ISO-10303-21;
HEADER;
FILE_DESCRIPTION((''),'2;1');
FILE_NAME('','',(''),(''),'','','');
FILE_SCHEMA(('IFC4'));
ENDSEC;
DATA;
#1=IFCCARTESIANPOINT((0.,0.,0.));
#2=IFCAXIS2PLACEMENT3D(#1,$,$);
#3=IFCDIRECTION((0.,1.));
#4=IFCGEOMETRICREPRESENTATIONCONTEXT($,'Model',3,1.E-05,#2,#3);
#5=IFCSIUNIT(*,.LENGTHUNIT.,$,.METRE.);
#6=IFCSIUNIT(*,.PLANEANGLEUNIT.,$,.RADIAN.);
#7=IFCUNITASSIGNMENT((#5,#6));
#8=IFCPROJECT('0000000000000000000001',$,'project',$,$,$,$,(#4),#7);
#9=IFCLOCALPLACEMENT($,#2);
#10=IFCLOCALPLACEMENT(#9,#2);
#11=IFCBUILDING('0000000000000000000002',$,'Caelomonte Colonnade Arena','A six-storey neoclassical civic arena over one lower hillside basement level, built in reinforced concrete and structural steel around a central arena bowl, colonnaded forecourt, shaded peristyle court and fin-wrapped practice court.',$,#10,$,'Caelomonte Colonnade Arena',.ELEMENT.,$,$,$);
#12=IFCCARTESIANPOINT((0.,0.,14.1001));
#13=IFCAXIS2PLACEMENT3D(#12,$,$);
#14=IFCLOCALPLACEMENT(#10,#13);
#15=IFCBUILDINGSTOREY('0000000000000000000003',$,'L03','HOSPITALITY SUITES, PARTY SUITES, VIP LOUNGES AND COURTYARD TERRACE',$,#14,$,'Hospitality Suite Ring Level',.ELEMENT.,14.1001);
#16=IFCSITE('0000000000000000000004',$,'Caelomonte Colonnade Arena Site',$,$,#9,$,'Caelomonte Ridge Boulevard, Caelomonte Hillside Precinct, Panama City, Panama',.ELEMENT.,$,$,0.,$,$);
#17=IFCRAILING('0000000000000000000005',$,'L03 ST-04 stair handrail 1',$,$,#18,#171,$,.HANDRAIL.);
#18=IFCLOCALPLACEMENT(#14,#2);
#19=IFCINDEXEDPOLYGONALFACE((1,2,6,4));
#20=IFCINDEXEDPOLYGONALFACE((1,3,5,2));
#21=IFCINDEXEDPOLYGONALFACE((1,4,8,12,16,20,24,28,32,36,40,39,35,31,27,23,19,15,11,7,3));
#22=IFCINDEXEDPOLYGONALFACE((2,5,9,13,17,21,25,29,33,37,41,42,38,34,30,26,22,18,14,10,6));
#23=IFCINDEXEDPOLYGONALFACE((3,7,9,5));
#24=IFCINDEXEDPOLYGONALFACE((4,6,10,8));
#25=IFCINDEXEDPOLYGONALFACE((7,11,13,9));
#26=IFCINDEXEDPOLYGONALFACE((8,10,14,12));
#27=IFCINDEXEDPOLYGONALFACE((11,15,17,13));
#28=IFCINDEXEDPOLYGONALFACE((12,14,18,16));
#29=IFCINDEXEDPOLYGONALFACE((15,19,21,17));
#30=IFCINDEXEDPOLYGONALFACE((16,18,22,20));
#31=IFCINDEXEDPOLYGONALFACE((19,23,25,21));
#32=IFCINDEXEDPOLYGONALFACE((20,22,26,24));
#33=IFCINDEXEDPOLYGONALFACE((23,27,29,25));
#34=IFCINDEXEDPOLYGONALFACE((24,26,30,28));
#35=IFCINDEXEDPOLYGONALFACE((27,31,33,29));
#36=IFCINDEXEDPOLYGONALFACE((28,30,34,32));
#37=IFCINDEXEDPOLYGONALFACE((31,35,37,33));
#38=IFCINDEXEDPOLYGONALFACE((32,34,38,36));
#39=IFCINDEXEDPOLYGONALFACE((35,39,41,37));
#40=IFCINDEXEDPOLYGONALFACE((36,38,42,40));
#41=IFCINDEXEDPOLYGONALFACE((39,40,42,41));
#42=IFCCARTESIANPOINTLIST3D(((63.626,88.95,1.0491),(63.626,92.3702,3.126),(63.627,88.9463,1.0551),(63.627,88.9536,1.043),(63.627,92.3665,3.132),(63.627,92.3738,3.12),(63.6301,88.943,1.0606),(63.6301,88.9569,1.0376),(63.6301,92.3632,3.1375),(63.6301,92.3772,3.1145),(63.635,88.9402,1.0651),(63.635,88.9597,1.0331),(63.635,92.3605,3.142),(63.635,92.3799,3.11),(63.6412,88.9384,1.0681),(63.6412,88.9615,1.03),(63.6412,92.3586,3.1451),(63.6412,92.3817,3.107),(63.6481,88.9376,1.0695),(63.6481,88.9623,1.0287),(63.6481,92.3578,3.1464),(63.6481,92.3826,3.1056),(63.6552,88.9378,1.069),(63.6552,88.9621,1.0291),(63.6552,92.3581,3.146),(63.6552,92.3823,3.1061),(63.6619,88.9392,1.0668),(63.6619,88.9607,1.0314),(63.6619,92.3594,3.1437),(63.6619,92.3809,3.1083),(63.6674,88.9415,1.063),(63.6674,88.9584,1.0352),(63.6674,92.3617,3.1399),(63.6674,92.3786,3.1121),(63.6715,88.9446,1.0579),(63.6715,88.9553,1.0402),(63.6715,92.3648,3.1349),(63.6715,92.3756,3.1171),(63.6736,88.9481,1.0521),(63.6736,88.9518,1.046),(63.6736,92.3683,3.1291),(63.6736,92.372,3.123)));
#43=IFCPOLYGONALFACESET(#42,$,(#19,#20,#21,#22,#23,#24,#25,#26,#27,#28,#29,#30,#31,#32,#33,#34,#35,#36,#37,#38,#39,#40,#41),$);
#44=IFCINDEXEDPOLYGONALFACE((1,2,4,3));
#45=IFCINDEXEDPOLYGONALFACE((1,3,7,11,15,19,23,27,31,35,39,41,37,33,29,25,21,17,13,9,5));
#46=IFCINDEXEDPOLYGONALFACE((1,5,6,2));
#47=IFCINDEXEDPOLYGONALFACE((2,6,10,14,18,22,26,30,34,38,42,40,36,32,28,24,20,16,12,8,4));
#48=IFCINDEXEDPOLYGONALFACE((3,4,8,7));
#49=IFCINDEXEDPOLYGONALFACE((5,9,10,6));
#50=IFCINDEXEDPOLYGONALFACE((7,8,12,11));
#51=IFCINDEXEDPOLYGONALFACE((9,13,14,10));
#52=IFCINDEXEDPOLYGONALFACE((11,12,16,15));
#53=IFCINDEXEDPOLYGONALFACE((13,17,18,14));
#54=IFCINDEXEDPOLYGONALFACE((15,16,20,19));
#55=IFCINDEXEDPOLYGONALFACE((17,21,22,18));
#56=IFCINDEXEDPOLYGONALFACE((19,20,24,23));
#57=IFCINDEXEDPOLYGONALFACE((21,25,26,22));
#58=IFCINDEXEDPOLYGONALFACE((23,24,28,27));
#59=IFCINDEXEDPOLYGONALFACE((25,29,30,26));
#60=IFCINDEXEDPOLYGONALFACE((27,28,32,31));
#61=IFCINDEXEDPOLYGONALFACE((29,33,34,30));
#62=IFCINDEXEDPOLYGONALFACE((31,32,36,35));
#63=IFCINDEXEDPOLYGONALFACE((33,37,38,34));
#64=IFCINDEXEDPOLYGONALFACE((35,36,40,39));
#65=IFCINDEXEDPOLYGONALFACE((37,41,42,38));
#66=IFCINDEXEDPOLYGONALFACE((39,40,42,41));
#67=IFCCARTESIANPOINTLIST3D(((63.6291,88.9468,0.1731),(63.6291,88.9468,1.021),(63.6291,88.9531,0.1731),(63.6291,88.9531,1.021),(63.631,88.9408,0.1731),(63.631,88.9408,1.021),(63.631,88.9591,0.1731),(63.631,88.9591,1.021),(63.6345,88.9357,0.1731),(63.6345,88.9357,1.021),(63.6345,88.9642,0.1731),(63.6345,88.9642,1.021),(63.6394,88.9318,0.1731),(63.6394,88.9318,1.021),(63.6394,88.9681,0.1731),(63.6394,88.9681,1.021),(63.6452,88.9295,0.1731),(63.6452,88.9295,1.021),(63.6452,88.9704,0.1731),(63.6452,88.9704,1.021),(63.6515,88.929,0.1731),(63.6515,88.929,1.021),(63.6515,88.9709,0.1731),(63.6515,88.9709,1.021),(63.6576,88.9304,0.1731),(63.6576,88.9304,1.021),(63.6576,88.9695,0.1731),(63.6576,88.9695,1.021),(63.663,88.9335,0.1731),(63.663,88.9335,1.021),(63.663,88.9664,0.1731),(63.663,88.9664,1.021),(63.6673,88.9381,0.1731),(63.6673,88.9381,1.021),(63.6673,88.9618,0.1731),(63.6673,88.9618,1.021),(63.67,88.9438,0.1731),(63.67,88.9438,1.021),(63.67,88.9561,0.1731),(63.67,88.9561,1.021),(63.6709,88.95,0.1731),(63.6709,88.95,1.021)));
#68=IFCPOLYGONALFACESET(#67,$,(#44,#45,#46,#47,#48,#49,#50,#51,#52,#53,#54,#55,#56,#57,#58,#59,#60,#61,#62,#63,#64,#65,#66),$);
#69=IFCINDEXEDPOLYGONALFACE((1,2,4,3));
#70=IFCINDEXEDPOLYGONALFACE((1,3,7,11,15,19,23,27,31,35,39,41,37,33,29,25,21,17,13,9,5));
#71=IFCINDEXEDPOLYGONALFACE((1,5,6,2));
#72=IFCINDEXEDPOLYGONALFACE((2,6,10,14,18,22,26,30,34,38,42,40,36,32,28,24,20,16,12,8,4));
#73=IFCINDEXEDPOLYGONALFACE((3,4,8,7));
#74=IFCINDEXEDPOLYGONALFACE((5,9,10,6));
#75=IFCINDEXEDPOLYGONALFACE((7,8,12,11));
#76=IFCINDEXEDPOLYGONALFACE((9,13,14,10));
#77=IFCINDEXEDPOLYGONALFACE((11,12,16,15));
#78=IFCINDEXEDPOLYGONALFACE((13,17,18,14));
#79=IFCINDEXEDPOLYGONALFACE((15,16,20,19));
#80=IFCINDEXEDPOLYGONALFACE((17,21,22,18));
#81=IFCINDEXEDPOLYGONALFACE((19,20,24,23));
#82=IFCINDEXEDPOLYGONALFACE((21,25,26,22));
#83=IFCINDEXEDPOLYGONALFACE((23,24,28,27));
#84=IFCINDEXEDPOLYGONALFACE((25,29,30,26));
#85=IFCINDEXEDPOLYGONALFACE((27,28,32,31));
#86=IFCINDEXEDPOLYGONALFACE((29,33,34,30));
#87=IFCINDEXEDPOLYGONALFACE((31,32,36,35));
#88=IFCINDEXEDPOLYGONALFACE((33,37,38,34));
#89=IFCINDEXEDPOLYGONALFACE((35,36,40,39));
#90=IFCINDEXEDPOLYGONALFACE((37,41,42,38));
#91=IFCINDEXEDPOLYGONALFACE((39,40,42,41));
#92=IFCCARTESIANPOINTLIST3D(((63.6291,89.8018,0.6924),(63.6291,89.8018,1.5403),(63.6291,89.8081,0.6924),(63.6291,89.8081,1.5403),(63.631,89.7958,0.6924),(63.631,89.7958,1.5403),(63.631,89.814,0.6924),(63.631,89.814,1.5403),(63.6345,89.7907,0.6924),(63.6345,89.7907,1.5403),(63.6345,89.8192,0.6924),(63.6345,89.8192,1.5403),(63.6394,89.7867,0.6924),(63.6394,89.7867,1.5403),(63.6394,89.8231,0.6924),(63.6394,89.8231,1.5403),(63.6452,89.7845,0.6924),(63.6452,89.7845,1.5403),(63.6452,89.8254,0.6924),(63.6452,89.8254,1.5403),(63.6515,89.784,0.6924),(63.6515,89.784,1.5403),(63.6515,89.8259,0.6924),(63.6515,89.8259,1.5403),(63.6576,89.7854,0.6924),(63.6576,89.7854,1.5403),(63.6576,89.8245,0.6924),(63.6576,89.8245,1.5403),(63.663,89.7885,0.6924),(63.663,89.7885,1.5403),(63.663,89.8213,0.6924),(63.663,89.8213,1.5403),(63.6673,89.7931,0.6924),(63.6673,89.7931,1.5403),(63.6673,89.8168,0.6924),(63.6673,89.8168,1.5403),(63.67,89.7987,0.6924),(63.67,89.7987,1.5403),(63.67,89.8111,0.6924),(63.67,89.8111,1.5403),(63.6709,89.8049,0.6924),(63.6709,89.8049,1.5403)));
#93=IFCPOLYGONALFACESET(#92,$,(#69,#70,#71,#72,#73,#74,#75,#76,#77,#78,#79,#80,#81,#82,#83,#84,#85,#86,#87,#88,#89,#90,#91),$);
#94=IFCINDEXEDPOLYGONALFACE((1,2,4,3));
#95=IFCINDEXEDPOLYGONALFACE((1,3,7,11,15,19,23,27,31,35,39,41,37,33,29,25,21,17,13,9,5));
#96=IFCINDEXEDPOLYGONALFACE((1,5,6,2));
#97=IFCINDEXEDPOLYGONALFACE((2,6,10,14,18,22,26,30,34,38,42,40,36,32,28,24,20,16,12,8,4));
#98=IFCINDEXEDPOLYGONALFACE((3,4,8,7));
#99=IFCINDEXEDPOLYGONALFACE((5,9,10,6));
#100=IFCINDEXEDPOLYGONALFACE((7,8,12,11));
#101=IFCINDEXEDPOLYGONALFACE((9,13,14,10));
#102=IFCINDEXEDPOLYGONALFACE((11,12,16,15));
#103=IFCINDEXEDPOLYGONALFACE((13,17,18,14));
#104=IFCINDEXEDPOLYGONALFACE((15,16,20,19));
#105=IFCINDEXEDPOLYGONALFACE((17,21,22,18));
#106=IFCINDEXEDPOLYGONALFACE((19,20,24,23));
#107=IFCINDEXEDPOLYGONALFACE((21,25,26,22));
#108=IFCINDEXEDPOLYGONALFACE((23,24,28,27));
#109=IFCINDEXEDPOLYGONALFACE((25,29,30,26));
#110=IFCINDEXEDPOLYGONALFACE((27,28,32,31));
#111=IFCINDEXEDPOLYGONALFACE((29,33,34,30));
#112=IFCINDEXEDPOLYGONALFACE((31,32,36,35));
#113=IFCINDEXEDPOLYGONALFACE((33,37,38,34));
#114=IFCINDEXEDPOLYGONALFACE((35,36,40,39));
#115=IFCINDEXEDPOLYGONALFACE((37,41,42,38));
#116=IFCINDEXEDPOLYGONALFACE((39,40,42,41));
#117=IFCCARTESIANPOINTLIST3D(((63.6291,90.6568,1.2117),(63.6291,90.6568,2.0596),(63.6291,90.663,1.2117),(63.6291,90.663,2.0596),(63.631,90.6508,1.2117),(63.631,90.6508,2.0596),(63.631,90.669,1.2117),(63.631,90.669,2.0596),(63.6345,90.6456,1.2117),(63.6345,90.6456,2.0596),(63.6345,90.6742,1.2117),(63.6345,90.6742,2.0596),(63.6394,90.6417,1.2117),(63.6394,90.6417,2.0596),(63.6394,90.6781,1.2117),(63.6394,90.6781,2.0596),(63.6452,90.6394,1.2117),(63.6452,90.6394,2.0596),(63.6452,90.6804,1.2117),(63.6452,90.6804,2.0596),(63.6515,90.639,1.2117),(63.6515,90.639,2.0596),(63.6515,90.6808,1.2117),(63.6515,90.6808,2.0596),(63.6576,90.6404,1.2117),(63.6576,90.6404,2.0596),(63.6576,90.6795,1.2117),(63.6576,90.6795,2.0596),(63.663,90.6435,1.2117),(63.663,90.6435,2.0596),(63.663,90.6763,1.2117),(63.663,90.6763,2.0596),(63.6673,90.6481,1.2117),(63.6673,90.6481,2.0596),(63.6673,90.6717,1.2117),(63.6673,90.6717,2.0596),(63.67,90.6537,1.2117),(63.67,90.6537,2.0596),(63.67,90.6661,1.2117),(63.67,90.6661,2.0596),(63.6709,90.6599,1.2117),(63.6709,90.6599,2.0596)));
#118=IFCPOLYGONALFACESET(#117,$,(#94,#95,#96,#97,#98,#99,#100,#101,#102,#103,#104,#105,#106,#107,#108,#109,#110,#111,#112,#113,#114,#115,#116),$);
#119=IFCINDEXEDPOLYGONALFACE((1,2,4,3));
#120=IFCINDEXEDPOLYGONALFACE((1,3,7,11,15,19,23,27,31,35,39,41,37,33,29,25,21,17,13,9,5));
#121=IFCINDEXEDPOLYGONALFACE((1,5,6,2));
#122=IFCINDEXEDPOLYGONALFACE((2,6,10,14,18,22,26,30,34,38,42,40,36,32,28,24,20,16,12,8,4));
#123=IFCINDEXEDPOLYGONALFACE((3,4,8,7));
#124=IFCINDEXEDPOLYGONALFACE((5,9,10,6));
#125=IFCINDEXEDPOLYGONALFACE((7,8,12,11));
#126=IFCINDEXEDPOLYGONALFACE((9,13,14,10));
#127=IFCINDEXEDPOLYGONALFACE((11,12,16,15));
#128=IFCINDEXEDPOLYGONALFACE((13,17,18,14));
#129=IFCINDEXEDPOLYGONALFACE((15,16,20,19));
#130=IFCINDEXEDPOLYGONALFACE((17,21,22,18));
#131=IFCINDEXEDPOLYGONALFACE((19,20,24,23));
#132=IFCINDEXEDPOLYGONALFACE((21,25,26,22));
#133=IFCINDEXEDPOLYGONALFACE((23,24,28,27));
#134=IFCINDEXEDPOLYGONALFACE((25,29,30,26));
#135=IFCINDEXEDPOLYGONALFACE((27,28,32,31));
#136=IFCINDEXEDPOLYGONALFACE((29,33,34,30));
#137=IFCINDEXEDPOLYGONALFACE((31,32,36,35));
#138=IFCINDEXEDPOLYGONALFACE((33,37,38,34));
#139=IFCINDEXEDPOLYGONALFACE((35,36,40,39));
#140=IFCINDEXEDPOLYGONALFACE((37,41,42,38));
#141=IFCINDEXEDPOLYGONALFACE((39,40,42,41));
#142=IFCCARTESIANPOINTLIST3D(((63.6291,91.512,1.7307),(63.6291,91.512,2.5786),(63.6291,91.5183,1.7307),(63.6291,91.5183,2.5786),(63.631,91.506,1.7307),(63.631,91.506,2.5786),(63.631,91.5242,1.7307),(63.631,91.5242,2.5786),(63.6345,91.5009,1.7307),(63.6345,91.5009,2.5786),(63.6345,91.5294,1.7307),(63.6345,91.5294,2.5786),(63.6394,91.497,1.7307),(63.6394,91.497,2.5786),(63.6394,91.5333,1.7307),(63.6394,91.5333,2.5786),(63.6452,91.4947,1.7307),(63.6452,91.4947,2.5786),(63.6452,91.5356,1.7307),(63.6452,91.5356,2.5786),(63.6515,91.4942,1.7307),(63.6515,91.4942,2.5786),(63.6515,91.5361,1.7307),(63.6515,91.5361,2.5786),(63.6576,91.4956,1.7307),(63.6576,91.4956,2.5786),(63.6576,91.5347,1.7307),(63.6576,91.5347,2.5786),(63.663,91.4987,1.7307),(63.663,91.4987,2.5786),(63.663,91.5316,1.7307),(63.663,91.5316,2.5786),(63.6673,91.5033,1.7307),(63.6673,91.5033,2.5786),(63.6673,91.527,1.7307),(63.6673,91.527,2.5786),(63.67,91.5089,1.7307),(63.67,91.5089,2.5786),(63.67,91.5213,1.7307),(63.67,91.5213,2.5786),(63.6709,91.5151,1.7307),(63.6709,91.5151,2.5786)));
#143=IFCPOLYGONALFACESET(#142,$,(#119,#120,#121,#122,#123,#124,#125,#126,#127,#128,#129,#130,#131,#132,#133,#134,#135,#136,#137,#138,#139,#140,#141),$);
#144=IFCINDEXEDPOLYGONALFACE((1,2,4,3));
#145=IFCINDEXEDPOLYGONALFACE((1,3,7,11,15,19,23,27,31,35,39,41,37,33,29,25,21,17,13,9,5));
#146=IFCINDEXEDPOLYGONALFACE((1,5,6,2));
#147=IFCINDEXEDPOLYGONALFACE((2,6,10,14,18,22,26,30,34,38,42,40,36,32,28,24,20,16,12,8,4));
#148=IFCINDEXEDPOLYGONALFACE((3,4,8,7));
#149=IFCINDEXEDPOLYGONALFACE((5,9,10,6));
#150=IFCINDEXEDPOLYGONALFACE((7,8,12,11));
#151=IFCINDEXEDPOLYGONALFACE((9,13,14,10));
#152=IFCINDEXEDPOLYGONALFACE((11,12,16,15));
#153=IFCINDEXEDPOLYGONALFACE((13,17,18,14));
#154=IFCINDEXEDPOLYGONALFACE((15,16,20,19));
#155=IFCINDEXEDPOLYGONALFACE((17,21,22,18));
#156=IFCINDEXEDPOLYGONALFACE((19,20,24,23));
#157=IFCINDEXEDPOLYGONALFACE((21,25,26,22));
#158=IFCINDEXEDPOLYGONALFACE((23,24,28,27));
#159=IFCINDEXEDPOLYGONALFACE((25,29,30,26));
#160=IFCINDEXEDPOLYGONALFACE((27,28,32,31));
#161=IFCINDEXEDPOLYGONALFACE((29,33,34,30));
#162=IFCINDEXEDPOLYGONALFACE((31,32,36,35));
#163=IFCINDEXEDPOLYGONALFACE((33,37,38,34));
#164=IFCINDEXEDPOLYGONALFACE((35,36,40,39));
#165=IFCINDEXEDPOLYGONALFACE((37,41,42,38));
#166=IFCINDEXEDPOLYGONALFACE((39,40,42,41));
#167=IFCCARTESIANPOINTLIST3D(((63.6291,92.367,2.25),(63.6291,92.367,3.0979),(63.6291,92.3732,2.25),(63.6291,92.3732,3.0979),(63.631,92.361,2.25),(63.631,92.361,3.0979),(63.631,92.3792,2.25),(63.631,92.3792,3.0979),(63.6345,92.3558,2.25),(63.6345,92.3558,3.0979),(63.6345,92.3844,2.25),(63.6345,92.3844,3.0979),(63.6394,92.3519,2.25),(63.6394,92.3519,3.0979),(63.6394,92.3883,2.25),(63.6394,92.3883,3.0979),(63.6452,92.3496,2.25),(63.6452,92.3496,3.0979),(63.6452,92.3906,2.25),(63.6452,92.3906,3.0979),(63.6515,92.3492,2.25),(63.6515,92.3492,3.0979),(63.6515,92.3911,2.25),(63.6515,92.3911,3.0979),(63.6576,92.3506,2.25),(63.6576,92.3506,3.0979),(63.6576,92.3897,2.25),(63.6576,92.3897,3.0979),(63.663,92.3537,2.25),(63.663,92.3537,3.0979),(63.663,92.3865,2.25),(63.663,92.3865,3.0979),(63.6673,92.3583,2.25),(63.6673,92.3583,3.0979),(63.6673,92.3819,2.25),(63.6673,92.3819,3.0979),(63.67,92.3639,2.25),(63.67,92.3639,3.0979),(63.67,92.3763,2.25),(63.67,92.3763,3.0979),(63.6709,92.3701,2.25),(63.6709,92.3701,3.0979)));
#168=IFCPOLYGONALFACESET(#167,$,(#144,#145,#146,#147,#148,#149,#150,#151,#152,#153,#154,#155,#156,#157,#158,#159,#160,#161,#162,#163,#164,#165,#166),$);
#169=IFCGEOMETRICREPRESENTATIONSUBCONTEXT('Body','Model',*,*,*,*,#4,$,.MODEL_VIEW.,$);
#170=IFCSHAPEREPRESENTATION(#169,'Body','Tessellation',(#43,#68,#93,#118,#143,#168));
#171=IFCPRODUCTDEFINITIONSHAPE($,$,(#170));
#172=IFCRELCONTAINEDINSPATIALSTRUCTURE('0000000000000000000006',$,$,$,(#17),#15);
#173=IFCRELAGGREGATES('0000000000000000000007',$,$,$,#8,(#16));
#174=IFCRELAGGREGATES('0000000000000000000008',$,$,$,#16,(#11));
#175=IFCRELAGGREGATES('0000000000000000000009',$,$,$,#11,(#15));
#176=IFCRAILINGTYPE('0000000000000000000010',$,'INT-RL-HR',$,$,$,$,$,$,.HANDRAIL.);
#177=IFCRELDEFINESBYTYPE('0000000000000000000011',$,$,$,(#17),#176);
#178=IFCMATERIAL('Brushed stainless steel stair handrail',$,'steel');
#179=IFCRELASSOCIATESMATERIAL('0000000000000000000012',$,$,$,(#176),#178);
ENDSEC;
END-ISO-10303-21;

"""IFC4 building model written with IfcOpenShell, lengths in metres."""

from ifc_helpers import new_model, si_unit, direction, frame, origin, origin_2d, place, context, subcontext, project, spatial, circle, extrude, material, type_object, element, save


model = new_model("IFC4")

# Units and contexts
model_context = context("Model", 3, precision=1e-05, world=origin(), true_north=direction((0.0, 1.0)))
body_context = subcontext(model_context, "Body", "Model", "MODEL_VIEW")
ifc_project = project(units=[si_unit("LENGTHUNIT", "METRE"), si_unit("PLANEANGLEUNIT", "RADIAN")], contexts=[model_context])

# Site, building, storey
site_placement = place(None, origin())
site = spatial("IfcSite", under=ifc_project, at=site_placement, Name="Caelomonte Colonnade Arena Site", LongName="Caelomonte Ridge Boulevard, Caelomonte Hillside Precinct, Panama City, Panama", CompositionType="ELEMENT", RefElevation=0.0)
building_placement = place(site_placement, origin())
building = spatial("IfcBuilding", under=site, at=building_placement, Name="Caelomonte Colonnade Arena", Description="A six-storey neoclassical civic arena over one lower hillside basement level, built in reinforced concrete and structural steel around a central arena bowl, colonnaded forecourt, shaded peristyle court and fin-wrapped practice court.", LongName="Caelomonte Colonnade Arena", CompositionType="ELEMENT")
storey_placement = place(building_placement, frame((0.0, 0.0, 14.1001)))
storey = spatial("IfcBuildingStorey", under=building, at=storey_placement, Name="L03", Description="HOSPITALITY SUITES, PARTY SUITES, VIP LOUNGES AND COURTYARD TERRACE", LongName="Hospitality Suite Ring Level", CompositionType="ELEMENT", Elevation=14.1001)

# Railing
ifc_material_1 = material(Name="Brushed stainless steel stair handrail", Category="steel")
railing_type_1 = type_object("IfcRailingType", Name="INT-RL-HR", PredefinedType="HANDRAIL", material=ifc_material_1)
railing_1_placement = place(storey_placement, frame((63.6499, 88.95, 0.1731)))
element("IfcRailing", 1, at=railing_1_placement, inside=storey, type_object=railing_type_1, Name="L03 ST-04 stair handrail 1", PredefinedType="HANDRAIL", context=body_context, shape_type="SweptSolid", body=[
    extrude(circle(Radius=0.0239, at=origin_2d()), frame((0.0, 0.0, 0.876), z_axis=(0.0, 0.854746, 0.519047), x_axis=(-1.0, 0.0, 0.0)), (0.0, 0.0, 1.0), 4.0015),
    extrude(circle(Radius=0.021, at=origin_2d()), origin(), (0.0, 0.0, 1.0), 0.8479),
    extrude(circle(Radius=0.021, at=origin_2d()), frame((0.0, 0.855, 0.5193)), (0.0, 0.0, 1.0), 0.8479),
    extrude(circle(Radius=0.021, at=origin_2d()), frame((0.0, 1.71, 1.0386)), (0.0, 0.0, 1.0), 0.8479),
    extrude(circle(Radius=0.021, at=origin_2d()), frame((0.0, 2.5652, 1.5576)), (0.0, 0.0, 1.0), 0.8479),
    extrude(circle(Radius=0.021, at=origin_2d()), frame((0.0, 3.4202, 2.0769)), (0.0, 0.0, 1.0), 0.8479),
])

save(model, "model.ifc")
